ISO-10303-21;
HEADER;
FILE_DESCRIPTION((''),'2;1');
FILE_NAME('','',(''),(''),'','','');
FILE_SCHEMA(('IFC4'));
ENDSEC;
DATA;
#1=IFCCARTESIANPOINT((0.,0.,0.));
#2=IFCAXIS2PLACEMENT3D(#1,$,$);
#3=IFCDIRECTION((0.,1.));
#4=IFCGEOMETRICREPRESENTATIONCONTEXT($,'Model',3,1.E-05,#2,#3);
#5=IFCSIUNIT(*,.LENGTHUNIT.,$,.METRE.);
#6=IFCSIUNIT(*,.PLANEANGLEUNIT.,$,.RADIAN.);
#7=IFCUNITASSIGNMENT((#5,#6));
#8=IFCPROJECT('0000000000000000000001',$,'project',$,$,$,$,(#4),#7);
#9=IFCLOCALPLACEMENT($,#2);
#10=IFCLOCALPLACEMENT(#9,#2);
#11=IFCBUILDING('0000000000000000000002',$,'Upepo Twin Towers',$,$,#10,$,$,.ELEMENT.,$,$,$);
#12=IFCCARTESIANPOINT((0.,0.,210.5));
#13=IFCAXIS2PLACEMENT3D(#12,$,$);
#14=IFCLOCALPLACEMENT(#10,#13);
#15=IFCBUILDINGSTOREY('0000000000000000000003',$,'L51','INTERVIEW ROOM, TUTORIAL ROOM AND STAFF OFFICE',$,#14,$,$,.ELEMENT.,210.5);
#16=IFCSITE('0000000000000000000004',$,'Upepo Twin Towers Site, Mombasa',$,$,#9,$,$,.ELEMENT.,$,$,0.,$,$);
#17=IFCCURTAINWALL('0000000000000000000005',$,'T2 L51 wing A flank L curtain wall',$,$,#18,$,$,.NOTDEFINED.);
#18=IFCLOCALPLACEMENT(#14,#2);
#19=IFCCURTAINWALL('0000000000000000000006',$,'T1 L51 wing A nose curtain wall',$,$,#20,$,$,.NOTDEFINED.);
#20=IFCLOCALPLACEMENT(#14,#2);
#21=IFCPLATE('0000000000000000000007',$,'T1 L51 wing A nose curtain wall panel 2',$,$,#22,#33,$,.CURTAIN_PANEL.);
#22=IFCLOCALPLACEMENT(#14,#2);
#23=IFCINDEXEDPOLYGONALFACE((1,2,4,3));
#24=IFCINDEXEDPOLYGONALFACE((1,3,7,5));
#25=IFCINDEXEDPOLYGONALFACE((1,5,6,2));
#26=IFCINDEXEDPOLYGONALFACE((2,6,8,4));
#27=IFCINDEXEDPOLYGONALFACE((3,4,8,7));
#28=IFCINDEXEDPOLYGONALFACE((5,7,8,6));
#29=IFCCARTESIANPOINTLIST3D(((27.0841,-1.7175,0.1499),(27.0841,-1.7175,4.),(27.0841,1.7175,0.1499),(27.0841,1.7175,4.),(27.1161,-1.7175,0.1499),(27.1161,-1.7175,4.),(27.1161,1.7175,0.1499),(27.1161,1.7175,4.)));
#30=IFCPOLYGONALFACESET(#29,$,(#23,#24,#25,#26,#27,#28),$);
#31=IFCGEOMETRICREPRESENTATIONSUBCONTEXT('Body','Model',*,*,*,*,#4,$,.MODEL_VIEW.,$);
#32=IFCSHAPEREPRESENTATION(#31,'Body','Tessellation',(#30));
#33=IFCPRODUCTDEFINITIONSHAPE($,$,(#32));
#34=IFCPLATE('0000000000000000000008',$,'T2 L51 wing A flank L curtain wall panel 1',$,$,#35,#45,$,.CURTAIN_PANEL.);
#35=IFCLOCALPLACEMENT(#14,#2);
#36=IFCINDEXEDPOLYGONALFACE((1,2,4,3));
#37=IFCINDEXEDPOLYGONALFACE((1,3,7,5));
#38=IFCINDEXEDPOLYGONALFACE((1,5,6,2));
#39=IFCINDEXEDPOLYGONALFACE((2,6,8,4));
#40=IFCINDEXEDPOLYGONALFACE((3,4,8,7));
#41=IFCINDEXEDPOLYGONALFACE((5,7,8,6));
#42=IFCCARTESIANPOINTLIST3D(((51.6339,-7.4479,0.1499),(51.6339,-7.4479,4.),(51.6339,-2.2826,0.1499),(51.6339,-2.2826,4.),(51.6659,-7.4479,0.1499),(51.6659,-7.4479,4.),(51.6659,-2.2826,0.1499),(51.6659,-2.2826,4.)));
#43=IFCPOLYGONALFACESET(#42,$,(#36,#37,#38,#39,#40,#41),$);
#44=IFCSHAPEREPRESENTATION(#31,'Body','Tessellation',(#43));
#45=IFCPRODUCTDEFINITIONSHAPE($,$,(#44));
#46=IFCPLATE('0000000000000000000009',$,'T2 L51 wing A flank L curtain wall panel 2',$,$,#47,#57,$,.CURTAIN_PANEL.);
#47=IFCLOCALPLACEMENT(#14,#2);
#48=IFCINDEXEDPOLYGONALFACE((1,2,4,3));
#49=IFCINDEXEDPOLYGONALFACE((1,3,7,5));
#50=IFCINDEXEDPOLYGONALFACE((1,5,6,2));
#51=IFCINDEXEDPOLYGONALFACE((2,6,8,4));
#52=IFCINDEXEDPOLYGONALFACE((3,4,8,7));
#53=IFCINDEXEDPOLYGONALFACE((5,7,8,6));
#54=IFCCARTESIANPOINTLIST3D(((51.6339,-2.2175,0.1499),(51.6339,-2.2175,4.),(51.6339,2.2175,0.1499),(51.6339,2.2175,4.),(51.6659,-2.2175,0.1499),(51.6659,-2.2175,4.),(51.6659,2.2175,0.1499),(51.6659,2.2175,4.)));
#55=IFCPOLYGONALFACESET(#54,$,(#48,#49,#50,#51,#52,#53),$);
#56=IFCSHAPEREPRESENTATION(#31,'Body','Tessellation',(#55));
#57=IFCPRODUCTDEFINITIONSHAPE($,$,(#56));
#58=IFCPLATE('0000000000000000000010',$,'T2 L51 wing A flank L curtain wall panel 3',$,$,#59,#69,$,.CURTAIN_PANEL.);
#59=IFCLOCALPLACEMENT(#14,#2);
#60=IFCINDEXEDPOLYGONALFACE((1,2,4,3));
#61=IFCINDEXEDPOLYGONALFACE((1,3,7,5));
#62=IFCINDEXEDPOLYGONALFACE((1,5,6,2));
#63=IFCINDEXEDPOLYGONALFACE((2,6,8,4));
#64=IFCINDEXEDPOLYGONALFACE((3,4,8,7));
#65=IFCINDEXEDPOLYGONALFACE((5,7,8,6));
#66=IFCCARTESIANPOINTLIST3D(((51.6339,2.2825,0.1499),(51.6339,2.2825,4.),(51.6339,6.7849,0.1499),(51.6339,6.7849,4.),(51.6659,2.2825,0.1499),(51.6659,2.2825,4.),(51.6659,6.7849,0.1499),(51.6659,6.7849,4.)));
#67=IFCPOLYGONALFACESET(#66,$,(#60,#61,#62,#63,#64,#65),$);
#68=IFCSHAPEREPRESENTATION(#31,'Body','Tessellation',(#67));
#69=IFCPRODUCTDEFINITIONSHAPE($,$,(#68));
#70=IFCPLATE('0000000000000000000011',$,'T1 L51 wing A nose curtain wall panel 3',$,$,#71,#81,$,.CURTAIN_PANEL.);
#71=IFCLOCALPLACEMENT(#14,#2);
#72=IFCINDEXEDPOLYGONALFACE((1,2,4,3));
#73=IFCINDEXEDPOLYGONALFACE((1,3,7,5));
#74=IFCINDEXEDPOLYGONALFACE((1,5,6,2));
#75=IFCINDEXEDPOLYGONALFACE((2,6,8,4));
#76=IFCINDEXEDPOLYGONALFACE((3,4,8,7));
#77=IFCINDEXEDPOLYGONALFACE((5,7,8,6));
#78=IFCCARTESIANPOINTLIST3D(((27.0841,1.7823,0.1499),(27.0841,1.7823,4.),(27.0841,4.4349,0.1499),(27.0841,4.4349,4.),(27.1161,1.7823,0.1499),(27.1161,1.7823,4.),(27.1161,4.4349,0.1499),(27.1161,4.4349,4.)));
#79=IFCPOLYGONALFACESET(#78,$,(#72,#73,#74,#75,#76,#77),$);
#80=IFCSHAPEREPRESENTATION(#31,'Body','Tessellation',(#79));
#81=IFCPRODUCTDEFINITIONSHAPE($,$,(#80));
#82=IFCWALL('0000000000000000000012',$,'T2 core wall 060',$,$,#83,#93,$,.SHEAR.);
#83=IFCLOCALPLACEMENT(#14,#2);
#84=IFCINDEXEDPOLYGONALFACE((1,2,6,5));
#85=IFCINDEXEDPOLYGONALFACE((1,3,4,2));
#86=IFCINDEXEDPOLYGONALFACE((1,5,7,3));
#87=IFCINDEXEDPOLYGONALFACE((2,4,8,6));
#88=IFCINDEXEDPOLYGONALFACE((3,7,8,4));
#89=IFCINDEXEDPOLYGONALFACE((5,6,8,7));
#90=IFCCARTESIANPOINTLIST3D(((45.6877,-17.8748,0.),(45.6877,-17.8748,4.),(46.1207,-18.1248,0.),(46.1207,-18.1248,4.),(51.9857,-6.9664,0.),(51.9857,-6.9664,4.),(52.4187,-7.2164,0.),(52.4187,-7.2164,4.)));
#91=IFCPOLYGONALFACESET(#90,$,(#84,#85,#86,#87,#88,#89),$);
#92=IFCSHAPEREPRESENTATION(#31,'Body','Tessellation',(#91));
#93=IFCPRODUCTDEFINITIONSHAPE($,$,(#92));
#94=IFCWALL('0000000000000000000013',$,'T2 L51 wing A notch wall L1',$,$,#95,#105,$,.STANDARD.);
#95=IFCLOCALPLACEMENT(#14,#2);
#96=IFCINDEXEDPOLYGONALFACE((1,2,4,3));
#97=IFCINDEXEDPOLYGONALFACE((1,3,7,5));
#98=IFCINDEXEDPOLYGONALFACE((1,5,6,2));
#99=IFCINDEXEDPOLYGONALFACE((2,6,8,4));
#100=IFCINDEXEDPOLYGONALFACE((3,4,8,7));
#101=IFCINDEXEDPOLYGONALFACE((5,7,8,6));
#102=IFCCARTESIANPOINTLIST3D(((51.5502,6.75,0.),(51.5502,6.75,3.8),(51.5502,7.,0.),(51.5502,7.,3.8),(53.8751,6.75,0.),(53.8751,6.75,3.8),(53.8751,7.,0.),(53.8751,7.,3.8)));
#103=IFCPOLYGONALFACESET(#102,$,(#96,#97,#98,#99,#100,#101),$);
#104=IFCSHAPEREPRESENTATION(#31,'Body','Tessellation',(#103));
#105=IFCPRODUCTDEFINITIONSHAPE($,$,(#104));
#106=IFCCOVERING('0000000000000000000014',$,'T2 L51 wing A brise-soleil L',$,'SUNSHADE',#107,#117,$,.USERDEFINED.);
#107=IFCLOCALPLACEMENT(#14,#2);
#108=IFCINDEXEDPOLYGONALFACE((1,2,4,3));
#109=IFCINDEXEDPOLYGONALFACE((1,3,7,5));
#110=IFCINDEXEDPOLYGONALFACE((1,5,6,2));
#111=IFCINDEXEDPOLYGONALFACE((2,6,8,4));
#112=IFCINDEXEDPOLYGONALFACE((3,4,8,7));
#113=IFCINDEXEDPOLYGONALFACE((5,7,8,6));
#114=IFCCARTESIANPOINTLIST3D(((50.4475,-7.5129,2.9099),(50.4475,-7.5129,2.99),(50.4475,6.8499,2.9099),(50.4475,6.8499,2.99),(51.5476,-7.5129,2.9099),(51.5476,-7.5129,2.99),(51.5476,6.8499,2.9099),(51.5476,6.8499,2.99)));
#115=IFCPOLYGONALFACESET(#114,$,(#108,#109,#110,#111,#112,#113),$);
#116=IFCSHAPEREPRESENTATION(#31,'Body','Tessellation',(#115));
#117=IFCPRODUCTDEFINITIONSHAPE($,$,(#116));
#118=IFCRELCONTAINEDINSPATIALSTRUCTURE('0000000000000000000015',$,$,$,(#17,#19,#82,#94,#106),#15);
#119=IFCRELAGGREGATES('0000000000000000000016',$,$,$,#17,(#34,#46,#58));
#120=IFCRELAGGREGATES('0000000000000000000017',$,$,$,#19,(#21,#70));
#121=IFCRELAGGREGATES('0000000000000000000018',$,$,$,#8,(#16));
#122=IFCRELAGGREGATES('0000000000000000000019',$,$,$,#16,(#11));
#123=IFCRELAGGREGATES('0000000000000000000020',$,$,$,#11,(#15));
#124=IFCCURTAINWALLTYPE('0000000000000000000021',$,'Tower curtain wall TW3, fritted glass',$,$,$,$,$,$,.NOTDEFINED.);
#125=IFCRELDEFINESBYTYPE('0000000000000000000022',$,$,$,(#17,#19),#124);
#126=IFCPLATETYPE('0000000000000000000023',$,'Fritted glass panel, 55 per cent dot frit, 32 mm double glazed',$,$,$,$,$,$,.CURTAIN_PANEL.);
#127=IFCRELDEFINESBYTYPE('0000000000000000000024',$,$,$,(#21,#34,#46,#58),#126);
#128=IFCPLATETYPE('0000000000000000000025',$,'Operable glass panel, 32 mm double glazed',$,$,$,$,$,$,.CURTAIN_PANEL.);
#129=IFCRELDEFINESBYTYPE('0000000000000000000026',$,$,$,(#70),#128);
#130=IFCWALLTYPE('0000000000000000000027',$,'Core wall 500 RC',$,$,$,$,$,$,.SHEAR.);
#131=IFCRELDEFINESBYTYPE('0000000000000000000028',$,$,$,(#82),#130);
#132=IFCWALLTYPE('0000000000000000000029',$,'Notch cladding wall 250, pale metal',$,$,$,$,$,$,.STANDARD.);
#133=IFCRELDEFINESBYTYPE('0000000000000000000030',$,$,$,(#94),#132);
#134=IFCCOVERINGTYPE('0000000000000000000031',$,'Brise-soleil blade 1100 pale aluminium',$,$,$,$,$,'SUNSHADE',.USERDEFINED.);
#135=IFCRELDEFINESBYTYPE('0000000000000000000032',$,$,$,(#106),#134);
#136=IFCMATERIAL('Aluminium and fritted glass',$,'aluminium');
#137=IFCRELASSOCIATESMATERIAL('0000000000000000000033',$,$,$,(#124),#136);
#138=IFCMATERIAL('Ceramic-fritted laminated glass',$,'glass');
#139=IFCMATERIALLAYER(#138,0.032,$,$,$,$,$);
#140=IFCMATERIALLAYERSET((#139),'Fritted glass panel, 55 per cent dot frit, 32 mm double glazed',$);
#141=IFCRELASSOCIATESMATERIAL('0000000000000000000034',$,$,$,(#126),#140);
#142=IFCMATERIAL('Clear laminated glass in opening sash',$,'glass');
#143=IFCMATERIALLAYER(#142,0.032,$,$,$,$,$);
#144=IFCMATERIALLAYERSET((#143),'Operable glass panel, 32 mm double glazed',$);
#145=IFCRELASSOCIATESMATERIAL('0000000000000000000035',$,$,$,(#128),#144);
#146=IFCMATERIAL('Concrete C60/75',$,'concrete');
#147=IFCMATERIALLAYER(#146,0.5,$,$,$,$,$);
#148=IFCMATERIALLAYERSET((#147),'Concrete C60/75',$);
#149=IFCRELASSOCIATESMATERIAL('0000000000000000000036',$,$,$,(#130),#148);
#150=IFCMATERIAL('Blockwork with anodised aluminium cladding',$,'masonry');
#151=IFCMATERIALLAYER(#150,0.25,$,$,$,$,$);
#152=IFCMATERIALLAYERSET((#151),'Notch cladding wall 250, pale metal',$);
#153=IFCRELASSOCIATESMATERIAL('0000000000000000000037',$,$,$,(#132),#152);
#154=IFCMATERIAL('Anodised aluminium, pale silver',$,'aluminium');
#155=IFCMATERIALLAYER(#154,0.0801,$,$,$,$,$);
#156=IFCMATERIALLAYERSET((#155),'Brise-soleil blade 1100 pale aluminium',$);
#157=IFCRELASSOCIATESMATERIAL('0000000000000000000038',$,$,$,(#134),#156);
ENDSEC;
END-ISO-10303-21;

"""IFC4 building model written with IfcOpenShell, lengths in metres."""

from ifc_helpers import new_model, si_unit, direction, frame, frame_2d, origin, origin_2d, place, context, subcontext, project, spatial, rectangle, extrude, material, layer, layer_set, type_object, element, aggregate, save


model = new_model("IFC4")

# Units and contexts
model_context = context("Model", 3, precision=1e-05, world=origin(), true_north=direction((0.0, 1.0)))
body_context = subcontext(model_context, "Body", "Model", "MODEL_VIEW")
ifc_project = project(units=[si_unit("LENGTHUNIT", "METRE"), si_unit("PLANEANGLEUNIT", "RADIAN")], contexts=[model_context])

# Site, building, storey
site_placement = place(None, origin())
site = spatial("IfcSite", under=ifc_project, at=site_placement, Name="Upepo Twin Towers Site, Mombasa", CompositionType="ELEMENT", RefElevation=0.0)
building_placement = place(site_placement, origin())
building = spatial("IfcBuilding", under=site, at=building_placement, Name="Upepo Twin Towers", CompositionType="ELEMENT")
storey_placement = place(building_placement, frame((0.0, 0.0, 210.5)))
storey = spatial("IfcBuildingStorey", under=building, at=storey_placement, Name="L51", Description="INTERVIEW ROOM, TUTORIAL ROOM AND STAFF OFFICE", CompositionType="ELEMENT", Elevation=210.5)

# Curtain wall
ifc_material_1 = material(Name="Aluminium and fritted glass", Category="aluminium")
curtain_wall_type = type_object("IfcCurtainWallType", Name="Tower curtain wall TW3, fritted glass", PredefinedType="NOTDEFINED", material=ifc_material_1)
curtain_wall_1_placement = place(storey_placement, origin())
curtain_wall_1 = element("IfcCurtainWall", 1, at=curtain_wall_1_placement, inside=storey, type_object=curtain_wall_type, Name="T2 L51 wing A flank L curtain wall", PredefinedType="NOTDEFINED")

# Curtain wall
curtain_wall_2_placement = place(storey_placement, origin())
curtain_wall_2 = element("IfcCurtainWall", 2, at=curtain_wall_2_placement, inside=storey, type_object=curtain_wall_type, Name="T1 L51 wing A nose curtain wall", PredefinedType="NOTDEFINED")

# Plates
ifc_material_2 = material(Name="Ceramic-fritted laminated glass", Category="glass")
ifc_layer_1 = layer(ifc_material_2, 0.032)
ifc_layer_set_1 = layer_set([ifc_layer_1], Name="Fritted glass panel, 55 per cent dot frit, 32 mm double glazed")
plate_type_1 = type_object("IfcPlateType", Name="Fritted glass panel, 55 per cent dot frit, 32 mm double glazed", PredefinedType="CURTAIN_PANEL", material=ifc_layer_set_1)
plate_1_placement = place(storey_placement, frame((27.1001, 0.0, 0.1499), z_axis=(0.0, 0.0, 1.0), x_axis=(0.0, 1.0, 0.0)))
plate_1 = element("IfcPlate", 3, at=plate_1_placement, type_object=plate_type_1, Name="T1 L51 wing A nose curtain wall panel 2", PredefinedType="CURTAIN_PANEL", context=body_context, shape_type="SweptSolid", body=[
    extrude(rectangle(XDim=3.4351, YDim=0.032, at=origin_2d()), origin(), (0.0, 0.0, 1.0), 3.8501),
])
plate_2_placement = place(storey_placement, frame((51.6499, -4.8652, 0.1499), z_axis=(0.0, 0.0, 1.0), x_axis=(0.0, 1.0, 0.0)))
plate_2 = element("IfcPlate", 4, at=plate_2_placement, type_object=plate_type_1, Name="T2 L51 wing A flank L curtain wall panel 1", PredefinedType="CURTAIN_PANEL", context=body_context, shape_type="SweptSolid", body=[
    extrude(rectangle(XDim=5.1653, YDim=0.032, at=origin_2d()), origin(), (0.0, 0.0, 1.0), 3.8501),
])
plate_3_placement = place(storey_placement, frame((51.6499, 0.0, 0.1499), z_axis=(0.0, 0.0, 1.0), x_axis=(0.0, 1.0, 0.0)))
plate_3 = element("IfcPlate", 5, at=plate_3_placement, type_object=plate_type_1, Name="T2 L51 wing A flank L curtain wall panel 2", PredefinedType="CURTAIN_PANEL", context=body_context, shape_type="SweptSolid", body=[
    extrude(rectangle(XDim=4.4351, YDim=0.032, at=origin_2d()), origin(), (0.0, 0.0, 1.0), 3.8501),
])
plate_4_placement = place(storey_placement, frame((51.6499, 4.5337, 0.1499), z_axis=(0.0, 0.0, 1.0), x_axis=(0.0, 1.0, 0.0)))
plate_4 = element("IfcPlate", 6, at=plate_4_placement, type_object=plate_type_1, Name="T2 L51 wing A flank L curtain wall panel 3", PredefinedType="CURTAIN_PANEL", context=body_context, shape_type="SweptSolid", body=[
    extrude(rectangle(XDim=4.5024, YDim=0.032, at=origin_2d()), origin(), (0.0, 0.0, 1.0), 3.8501),
])
aggregate(curtain_wall_1, [plate_2, plate_3, plate_4])
ifc_material_3 = material(Name="Clear laminated glass in opening sash", Category="glass")
ifc_layer_2 = layer(ifc_material_3, 0.032)
ifc_layer_set_2 = layer_set([ifc_layer_2], Name="Operable glass panel, 32 mm double glazed")
plate_type_2 = type_object("IfcPlateType", Name="Operable glass panel, 32 mm double glazed", PredefinedType="CURTAIN_PANEL", material=ifc_layer_set_2)
plate_5_placement = place(storey_placement, frame((27.1001, 3.1086, 0.1499), z_axis=(0.0, 0.0, 1.0), x_axis=(0.0, 1.0, 0.0)))
plate_5 = element("IfcPlate", 7, at=plate_5_placement, type_object=plate_type_2, Name="T1 L51 wing A nose curtain wall panel 3", PredefinedType="CURTAIN_PANEL", context=body_context, shape_type="SweptSolid", body=[
    extrude(rectangle(XDim=2.6526, YDim=0.032, at=origin_2d()), origin(), (0.0, 0.0, 1.0), 3.8501),
])
aggregate(curtain_wall_2, [plate_1, plate_5])

# Walls
ifc_material_4 = material(Name="Concrete C60/75", Category="concrete")
ifc_layer_3 = layer(ifc_material_4, 0.5)
ifc_layer_set_3 = layer_set([ifc_layer_3], Name="Concrete C60/75")
wall_type_1 = type_object("IfcWallType", Name="Core wall 500 RC", PredefinedType="SHEAR", material=ifc_layer_set_3)
wall_1_placement = place(storey_placement, frame((52.2021, -7.0916, 0.0), z_axis=(0.0, 0.0, 1.0), x_axis=(-0.500006, -0.866022, 0.0)))
element("IfcWall", 8, at=wall_1_placement, inside=storey, type_object=wall_type_1, Name="T2 core wall 060", PredefinedType="SHEAR", context=body_context, shape_type="SweptSolid", body=[
    extrude(rectangle(XDim=12.5959, YDim=0.5, at=frame_2d((6.2979, 0.0))), origin(), (0.0, 0.0, 1.0), 4.0),
])
ifc_material_5 = material(Name="Blockwork with anodised aluminium cladding", Category="masonry")
ifc_layer_4 = layer(ifc_material_5, 0.25)
ifc_layer_set_4 = layer_set([ifc_layer_4], Name="Notch cladding wall 250, pale metal")
wall_type_2 = type_object("IfcWallType", Name="Notch cladding wall 250, pale metal", PredefinedType="STANDARD", material=ifc_layer_set_4)
wall_2_placement = place(storey_placement, frame((51.55, 6.875, 0.0), z_axis=(0.0, 0.0, 1.0), x_axis=(1.0, 0.0, 0.0)))
element("IfcWall", 9, at=wall_2_placement, inside=storey, type_object=wall_type_2, Name="T2 L51 wing A notch wall L1", PredefinedType="STANDARD", context=body_context, shape_type="SweptSolid", body=[
    extrude(rectangle(XDim=2.325, YDim=0.25, at=frame_2d((1.1626, 0.0))), origin(), (0.0, 0.0, 1.0), 3.8),
])

# Covering
ifc_material_6 = material(Name="Anodised aluminium, pale silver", Category="aluminium")
ifc_layer_5 = layer(ifc_material_6, 0.0801)
ifc_layer_set_5 = layer_set([ifc_layer_5], Name="Brise-soleil blade 1100 pale aluminium")
covering_type = type_object("IfcCoveringType", Name="Brise-soleil blade 1100 pale aluminium", ElementType="SUNSHADE", PredefinedType="USERDEFINED", material=ifc_layer_set_5)
covering_placement = place(storey_placement, frame((50.9976, -0.3315, 2.9099), z_axis=(0.0, 0.0, 1.0), x_axis=(0.0, 1.0, 0.0)))
element("IfcCovering", 10, at=covering_placement, inside=storey, type_object=covering_type, Name="T2 L51 wing A brise-soleil L", ObjectType="SUNSHADE", PredefinedType="USERDEFINED", context=body_context, shape_type="SweptSolid", body=[
    extrude(rectangle(XDim=14.3628, YDim=1.1001, at=origin_2d()), origin(), (0.0, 0.0, 1.0), 0.0801),
])

save(model, "model.ifc")
